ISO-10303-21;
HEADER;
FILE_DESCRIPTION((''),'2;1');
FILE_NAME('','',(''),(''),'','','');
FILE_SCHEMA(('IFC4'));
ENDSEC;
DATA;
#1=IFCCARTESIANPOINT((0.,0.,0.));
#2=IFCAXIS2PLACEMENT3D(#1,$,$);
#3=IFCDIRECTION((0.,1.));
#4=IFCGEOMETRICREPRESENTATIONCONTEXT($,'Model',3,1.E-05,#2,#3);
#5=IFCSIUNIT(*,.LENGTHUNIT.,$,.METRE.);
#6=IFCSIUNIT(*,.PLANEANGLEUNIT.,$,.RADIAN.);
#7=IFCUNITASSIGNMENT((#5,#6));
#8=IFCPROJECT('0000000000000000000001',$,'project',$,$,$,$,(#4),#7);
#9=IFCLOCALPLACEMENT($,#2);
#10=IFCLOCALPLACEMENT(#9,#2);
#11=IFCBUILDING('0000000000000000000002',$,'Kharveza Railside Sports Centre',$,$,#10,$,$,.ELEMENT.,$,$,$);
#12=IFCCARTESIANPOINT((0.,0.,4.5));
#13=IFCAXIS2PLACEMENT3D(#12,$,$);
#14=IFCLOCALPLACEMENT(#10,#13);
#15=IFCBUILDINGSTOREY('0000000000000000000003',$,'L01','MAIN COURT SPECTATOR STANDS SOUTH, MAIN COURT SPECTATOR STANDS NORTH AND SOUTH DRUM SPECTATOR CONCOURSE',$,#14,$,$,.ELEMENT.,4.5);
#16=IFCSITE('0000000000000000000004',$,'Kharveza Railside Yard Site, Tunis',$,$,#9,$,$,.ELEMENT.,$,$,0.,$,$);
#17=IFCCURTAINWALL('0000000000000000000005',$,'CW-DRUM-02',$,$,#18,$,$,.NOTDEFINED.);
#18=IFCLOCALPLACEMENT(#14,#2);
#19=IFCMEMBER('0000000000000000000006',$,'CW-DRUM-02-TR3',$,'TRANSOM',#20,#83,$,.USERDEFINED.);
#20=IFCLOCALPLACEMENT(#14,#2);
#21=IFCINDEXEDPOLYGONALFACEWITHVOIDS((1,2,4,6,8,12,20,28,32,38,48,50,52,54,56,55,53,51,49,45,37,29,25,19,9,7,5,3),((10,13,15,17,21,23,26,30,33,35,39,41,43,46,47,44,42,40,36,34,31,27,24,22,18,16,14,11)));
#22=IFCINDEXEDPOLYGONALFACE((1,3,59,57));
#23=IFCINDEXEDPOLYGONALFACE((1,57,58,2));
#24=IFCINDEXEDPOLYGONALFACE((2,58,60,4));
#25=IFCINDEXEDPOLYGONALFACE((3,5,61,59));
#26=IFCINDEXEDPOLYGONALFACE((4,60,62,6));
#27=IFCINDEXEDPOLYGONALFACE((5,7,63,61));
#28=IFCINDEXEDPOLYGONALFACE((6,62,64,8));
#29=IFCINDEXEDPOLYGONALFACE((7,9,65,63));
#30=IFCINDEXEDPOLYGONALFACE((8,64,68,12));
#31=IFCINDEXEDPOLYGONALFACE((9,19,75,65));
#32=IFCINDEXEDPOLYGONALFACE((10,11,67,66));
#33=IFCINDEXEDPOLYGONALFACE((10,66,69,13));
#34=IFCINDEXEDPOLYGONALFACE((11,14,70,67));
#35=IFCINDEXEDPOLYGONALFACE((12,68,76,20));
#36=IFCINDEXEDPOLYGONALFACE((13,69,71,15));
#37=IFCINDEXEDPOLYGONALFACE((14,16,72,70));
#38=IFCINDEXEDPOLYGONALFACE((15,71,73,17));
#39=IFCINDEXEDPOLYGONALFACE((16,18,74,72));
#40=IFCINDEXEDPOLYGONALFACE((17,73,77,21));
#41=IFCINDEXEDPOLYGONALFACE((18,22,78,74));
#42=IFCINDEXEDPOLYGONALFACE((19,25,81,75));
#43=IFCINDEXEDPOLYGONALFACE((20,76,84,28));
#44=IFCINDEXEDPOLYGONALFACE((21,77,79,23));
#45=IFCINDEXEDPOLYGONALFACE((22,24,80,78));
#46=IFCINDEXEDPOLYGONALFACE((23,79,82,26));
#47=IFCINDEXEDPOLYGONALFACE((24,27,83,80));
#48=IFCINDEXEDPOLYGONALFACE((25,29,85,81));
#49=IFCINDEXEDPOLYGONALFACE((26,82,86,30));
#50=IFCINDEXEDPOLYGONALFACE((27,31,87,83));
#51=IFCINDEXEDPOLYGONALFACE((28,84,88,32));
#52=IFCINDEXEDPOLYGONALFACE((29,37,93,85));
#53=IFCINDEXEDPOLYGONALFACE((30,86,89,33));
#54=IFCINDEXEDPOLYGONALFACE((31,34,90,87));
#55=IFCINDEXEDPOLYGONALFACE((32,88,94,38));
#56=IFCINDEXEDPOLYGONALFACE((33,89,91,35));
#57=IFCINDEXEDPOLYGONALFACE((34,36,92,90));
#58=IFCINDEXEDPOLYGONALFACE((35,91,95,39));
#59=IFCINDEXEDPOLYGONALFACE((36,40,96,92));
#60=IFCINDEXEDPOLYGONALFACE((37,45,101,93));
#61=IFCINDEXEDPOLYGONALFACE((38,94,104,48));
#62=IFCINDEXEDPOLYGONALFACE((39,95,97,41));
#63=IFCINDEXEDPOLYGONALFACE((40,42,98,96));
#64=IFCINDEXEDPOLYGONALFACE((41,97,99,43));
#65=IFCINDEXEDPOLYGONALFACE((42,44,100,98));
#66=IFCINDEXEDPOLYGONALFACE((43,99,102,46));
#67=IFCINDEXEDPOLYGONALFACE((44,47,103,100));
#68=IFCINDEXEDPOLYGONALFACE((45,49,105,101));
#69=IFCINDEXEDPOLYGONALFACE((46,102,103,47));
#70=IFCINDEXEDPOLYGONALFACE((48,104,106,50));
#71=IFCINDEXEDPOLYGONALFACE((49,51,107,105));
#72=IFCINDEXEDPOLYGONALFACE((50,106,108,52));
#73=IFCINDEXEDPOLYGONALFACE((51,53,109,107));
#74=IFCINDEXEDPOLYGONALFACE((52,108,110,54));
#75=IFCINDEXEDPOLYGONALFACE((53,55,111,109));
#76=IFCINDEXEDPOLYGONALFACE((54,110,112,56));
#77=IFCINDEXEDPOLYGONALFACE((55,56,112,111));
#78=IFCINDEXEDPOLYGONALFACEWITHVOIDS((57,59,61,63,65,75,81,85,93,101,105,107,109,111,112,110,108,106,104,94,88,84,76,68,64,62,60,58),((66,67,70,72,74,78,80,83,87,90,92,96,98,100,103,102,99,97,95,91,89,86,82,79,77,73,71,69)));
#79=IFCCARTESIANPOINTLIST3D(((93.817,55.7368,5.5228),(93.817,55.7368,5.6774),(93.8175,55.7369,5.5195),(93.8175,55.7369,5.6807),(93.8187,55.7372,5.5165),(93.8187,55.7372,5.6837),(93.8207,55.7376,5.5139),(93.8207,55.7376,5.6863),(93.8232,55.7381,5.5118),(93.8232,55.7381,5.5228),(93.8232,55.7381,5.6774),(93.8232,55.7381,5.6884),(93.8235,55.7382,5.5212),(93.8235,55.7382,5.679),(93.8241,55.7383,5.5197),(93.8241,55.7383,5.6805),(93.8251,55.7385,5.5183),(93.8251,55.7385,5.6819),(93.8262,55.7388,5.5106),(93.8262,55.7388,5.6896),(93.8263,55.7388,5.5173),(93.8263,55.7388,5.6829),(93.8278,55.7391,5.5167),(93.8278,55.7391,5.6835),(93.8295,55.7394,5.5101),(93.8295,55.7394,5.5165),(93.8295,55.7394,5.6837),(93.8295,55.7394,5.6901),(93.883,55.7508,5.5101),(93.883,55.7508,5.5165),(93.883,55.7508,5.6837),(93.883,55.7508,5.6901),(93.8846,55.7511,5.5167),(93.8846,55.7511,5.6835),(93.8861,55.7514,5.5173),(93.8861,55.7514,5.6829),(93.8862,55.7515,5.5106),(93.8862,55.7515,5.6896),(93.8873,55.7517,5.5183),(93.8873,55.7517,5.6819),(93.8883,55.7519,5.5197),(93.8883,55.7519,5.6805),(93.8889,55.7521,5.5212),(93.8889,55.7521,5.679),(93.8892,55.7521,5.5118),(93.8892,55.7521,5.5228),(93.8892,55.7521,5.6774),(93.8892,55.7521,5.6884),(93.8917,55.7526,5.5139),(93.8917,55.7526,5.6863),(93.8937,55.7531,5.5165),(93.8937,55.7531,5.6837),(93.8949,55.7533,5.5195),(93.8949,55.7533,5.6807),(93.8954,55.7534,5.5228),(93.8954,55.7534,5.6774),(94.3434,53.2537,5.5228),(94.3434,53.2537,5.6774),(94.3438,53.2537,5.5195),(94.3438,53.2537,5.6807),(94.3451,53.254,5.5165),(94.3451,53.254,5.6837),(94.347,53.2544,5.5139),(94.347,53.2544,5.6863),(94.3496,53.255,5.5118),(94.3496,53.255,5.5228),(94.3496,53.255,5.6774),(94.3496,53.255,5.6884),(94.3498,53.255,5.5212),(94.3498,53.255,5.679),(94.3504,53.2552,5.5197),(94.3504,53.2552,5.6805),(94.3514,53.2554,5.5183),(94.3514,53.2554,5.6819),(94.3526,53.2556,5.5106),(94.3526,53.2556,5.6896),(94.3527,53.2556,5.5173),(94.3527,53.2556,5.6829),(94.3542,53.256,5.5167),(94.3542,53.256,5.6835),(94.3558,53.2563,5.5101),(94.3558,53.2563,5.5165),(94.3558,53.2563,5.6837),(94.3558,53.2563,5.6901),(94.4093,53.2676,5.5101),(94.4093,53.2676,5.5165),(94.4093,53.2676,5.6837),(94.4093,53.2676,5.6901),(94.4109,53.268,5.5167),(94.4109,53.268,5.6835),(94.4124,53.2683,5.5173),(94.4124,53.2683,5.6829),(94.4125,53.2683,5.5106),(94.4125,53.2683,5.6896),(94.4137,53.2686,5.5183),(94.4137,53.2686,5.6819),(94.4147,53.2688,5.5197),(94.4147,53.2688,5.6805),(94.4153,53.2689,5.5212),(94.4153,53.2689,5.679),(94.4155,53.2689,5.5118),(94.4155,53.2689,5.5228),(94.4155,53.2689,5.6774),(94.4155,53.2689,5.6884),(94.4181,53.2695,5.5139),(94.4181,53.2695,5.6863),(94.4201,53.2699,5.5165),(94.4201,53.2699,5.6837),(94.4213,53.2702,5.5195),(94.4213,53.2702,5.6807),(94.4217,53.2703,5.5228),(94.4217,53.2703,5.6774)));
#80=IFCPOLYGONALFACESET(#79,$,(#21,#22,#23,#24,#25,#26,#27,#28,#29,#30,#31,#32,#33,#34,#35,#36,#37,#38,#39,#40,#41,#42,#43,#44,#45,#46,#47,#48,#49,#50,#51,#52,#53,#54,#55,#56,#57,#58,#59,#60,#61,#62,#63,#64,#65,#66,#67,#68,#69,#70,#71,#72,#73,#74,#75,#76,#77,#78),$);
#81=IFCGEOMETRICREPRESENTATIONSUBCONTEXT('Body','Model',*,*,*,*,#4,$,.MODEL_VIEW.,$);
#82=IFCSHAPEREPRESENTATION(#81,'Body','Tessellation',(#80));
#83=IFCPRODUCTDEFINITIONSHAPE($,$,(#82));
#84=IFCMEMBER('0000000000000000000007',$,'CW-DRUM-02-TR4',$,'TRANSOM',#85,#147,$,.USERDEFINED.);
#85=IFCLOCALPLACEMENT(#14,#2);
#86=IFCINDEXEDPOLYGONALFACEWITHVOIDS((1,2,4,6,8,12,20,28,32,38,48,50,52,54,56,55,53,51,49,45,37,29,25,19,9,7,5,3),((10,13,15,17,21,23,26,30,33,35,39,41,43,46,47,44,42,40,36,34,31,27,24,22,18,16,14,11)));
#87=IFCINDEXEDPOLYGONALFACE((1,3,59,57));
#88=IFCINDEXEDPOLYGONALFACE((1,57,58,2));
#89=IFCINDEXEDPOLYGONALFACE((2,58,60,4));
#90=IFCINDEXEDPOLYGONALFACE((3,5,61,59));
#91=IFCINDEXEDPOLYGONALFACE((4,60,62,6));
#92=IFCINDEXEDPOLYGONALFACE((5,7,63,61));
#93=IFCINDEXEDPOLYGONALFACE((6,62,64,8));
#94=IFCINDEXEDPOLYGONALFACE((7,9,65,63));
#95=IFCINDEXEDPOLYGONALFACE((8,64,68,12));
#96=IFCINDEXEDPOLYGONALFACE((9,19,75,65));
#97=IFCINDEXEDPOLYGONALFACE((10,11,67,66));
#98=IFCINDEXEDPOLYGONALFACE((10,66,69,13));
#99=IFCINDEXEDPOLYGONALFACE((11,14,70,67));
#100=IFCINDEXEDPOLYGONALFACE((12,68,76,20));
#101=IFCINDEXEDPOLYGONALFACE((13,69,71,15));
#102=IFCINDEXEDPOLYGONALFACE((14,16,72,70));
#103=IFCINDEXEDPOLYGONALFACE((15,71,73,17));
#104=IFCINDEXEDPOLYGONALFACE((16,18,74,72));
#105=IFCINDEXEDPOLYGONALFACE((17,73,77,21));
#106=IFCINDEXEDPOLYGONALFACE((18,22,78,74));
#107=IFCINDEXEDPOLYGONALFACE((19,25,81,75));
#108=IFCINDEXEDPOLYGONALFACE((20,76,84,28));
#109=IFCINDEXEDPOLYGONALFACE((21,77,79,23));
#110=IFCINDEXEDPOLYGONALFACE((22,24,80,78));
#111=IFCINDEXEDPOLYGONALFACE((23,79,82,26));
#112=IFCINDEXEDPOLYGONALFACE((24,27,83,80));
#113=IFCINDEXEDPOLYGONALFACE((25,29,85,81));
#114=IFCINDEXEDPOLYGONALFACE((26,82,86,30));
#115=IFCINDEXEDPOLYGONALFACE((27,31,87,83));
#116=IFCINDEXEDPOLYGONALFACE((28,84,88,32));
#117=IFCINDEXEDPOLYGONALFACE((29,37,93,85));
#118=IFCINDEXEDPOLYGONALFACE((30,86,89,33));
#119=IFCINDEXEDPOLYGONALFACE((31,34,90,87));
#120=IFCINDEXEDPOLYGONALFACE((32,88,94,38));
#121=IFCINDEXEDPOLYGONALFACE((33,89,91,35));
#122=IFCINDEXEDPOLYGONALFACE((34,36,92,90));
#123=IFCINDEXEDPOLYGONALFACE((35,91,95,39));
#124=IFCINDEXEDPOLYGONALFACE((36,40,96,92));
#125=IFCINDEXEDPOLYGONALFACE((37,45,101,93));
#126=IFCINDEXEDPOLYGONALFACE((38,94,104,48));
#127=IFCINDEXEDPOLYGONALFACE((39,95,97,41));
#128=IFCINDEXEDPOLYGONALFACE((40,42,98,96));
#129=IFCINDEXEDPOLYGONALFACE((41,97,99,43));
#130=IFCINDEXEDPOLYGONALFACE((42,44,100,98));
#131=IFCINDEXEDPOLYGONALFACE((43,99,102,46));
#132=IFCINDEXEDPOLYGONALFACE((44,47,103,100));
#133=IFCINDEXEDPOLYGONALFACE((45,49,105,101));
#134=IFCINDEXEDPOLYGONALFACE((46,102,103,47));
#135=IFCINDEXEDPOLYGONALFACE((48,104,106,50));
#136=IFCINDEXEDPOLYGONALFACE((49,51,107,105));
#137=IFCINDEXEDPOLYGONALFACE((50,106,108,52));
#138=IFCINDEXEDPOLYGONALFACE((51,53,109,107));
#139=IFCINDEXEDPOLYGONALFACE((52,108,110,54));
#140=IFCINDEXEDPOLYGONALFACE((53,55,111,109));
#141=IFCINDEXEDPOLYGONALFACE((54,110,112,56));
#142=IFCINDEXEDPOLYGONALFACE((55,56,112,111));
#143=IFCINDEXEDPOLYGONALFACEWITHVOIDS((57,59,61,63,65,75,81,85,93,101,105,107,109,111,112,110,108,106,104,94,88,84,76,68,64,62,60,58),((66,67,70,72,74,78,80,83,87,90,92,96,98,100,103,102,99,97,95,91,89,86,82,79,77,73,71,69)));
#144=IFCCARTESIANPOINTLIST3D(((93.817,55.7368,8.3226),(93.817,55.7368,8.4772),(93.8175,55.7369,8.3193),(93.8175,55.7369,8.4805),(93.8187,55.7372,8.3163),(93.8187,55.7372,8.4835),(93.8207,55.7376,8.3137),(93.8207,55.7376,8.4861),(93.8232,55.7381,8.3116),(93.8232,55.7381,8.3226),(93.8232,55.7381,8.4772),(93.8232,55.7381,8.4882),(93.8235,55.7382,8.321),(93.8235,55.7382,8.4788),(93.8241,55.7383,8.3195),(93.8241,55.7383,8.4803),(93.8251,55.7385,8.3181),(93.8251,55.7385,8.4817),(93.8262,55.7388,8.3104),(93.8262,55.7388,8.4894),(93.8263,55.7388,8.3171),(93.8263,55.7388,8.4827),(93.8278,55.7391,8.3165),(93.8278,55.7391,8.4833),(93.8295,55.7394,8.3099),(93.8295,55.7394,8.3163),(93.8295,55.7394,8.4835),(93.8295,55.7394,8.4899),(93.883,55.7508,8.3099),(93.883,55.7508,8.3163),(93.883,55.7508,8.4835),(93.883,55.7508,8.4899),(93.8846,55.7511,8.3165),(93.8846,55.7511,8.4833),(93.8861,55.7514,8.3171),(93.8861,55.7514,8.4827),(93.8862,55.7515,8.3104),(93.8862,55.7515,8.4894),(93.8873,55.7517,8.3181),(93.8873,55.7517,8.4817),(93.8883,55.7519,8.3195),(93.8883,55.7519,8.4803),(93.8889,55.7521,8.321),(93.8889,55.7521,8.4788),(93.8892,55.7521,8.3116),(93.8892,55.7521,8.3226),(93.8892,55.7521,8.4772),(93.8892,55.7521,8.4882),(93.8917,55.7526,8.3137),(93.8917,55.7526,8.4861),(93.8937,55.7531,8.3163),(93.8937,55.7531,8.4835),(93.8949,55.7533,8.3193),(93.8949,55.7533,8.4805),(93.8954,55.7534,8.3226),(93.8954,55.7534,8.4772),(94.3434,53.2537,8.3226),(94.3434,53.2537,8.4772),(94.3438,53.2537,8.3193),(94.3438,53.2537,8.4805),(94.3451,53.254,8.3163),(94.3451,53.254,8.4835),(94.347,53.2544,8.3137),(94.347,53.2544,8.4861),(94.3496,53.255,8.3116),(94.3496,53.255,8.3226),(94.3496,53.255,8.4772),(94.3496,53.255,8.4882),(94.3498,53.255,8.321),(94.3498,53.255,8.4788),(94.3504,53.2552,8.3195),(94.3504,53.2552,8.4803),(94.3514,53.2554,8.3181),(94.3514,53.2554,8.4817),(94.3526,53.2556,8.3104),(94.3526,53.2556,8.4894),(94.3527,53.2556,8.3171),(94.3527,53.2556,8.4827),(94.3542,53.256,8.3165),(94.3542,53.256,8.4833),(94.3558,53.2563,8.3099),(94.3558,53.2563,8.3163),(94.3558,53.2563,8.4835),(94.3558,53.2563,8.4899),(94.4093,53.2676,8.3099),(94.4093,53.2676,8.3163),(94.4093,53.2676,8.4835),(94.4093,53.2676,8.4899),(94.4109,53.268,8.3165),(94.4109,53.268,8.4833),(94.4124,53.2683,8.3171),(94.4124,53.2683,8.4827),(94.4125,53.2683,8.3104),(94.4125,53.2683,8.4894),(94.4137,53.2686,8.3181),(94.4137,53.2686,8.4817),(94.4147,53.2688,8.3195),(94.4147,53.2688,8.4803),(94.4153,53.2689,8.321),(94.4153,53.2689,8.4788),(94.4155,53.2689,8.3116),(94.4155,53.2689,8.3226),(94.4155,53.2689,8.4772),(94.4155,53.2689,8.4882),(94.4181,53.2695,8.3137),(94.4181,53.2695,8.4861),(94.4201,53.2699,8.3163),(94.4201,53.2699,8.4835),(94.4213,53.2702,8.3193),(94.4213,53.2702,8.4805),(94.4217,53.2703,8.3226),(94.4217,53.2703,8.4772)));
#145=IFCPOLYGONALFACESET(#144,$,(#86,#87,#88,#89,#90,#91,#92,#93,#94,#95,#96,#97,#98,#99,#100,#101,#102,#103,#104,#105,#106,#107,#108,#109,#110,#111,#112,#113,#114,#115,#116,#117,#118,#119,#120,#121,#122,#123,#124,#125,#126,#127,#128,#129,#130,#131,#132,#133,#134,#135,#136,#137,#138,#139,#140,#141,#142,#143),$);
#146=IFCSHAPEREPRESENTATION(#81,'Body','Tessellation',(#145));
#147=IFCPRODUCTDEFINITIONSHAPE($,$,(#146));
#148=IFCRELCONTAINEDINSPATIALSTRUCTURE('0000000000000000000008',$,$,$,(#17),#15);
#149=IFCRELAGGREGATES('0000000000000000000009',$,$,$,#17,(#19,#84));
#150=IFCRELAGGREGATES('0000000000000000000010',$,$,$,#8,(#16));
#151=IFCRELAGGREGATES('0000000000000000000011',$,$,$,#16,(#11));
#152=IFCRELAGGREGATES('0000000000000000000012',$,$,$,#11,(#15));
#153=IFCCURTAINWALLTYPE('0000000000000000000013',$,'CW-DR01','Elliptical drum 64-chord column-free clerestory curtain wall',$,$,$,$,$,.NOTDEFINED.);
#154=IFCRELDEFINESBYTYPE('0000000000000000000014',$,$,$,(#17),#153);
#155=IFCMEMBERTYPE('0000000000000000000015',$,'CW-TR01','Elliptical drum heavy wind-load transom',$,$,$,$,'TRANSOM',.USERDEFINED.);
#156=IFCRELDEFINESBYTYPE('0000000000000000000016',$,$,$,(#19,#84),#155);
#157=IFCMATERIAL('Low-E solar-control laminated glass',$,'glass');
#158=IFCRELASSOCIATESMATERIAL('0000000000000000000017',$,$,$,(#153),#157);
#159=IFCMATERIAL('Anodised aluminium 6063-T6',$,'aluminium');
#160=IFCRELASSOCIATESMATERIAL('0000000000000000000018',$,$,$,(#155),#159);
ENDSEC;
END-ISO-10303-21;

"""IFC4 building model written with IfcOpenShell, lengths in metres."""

from ifc_helpers import new_model, si_unit, direction, frame, origin, origin_2d, place, context, subcontext, project, spatial, hollow_rectangle, extrude, material, material_profile, profile_set, type_object, element, aggregate, save


model = new_model("IFC4")

# Units and contexts
model_context = context("Model", 3, precision=1e-05, world=origin(), true_north=direction((0.0, 1.0)))
body_context = subcontext(model_context, "Body", "Model", "MODEL_VIEW")
ifc_project = project(units=[si_unit("LENGTHUNIT", "METRE"), si_unit("PLANEANGLEUNIT", "RADIAN")], contexts=[model_context])

# Site, building, storey
site_placement = place(None, origin())
site = spatial("IfcSite", under=ifc_project, at=site_placement, Name="Kharveza Railside Yard Site, Tunis", CompositionType="ELEMENT", RefElevation=0.0)
building_placement = place(site_placement, origin())
building = spatial("IfcBuilding", under=site, at=building_placement, Name="Kharveza Railside Sports Centre", CompositionType="ELEMENT")
storey_placement = place(building_placement, frame((0.0, 0.0, 4.5)))
storey = spatial("IfcBuildingStorey", under=building, at=storey_placement, Name="L01", Description="MAIN COURT SPECTATOR STANDS SOUTH, MAIN COURT SPECTATOR STANDS NORTH AND SOUTH DRUM SPECTATOR CONCOURSE", CompositionType="ELEMENT", Elevation=4.5)

# Curtain wall
ifc_material_1 = material(Name="Low-E solar-control laminated glass", Category="glass")
curtain_wall_type = type_object("IfcCurtainWallType", Name="CW-DR01", Description="Elliptical drum 64-chord column-free clerestory curtain wall", PredefinedType="NOTDEFINED", material=ifc_material_1)
ifc_material_2 = material(Name="Anodised aluminium 6063-T6", Category="aluminium")
curtain_wall_1_placement = place(storey_placement, origin())
curtain_wall_1 = element("IfcCurtainWall", 1, at=curtain_wall_1_placement, inside=storey, type_object=curtain_wall_type, Name="CW-DRUM-02", PredefinedType="NOTDEFINED")

# Members
ifc_material_profile_1 = material_profile(ifc_material_2, hollow_rectangle(XDim=0.0801, YDim=0.1799, WallThickness=0.0063, InnerFilletRadius=0.0063, OuterFilletRadius=0.0127, at=origin_2d()), Name="RHS 80x180x6.3")
ifc_profile_set_1 = profile_set([ifc_material_profile_1], Name="Anodised aluminium 6063-T6")
member_type_1 = type_object("IfcMemberType", Name="CW-TR01", Description="Elliptical drum heavy wind-load transom", ElementType="TRANSOM", PredefinedType="USERDEFINED", material=ifc_profile_set_1)
member_1_placement = place(storey_placement, frame((94.3826, 53.262, 5.6001), z_axis=(-0.207368, 0.978263, 0.0), x_axis=(-0.978263, -0.207368, 0.0)))
member_1 = element("IfcMember", 2, at=member_1_placement, type_object=member_type_1, Name="CW-DRUM-02-TR3", ObjectType="TRANSOM", PredefinedType="USERDEFINED", context=body_context, shape_type="SweptSolid", body=[
    extrude(hollow_rectangle(XDim=0.0801, YDim=0.1799, WallThickness=0.0063, InnerFilletRadius=0.0063, OuterFilletRadius=0.0127, at=origin_2d()), origin(), (0.0, 0.0, 1.0), 2.5383),
])
member_2_placement = place(storey_placement, frame((94.3826, 53.262, 8.3999), z_axis=(-0.207368, 0.978263, 0.0), x_axis=(-0.978263, -0.207368, 0.0)))
member_2 = element("IfcMember", 3, at=member_2_placement, type_object=member_type_1, Name="CW-DRUM-02-TR4", ObjectType="TRANSOM", PredefinedType="USERDEFINED", context=body_context, shape_type="SweptSolid", body=[
    extrude(hollow_rectangle(XDim=0.0801, YDim=0.1799, WallThickness=0.0063, InnerFilletRadius=0.0063, OuterFilletRadius=0.0127, at=origin_2d()), origin(), (0.0, 0.0, 1.0), 2.5383),
])

aggregate(curtain_wall_1, [member_1, member_2])

save(model, "model.ifc")
